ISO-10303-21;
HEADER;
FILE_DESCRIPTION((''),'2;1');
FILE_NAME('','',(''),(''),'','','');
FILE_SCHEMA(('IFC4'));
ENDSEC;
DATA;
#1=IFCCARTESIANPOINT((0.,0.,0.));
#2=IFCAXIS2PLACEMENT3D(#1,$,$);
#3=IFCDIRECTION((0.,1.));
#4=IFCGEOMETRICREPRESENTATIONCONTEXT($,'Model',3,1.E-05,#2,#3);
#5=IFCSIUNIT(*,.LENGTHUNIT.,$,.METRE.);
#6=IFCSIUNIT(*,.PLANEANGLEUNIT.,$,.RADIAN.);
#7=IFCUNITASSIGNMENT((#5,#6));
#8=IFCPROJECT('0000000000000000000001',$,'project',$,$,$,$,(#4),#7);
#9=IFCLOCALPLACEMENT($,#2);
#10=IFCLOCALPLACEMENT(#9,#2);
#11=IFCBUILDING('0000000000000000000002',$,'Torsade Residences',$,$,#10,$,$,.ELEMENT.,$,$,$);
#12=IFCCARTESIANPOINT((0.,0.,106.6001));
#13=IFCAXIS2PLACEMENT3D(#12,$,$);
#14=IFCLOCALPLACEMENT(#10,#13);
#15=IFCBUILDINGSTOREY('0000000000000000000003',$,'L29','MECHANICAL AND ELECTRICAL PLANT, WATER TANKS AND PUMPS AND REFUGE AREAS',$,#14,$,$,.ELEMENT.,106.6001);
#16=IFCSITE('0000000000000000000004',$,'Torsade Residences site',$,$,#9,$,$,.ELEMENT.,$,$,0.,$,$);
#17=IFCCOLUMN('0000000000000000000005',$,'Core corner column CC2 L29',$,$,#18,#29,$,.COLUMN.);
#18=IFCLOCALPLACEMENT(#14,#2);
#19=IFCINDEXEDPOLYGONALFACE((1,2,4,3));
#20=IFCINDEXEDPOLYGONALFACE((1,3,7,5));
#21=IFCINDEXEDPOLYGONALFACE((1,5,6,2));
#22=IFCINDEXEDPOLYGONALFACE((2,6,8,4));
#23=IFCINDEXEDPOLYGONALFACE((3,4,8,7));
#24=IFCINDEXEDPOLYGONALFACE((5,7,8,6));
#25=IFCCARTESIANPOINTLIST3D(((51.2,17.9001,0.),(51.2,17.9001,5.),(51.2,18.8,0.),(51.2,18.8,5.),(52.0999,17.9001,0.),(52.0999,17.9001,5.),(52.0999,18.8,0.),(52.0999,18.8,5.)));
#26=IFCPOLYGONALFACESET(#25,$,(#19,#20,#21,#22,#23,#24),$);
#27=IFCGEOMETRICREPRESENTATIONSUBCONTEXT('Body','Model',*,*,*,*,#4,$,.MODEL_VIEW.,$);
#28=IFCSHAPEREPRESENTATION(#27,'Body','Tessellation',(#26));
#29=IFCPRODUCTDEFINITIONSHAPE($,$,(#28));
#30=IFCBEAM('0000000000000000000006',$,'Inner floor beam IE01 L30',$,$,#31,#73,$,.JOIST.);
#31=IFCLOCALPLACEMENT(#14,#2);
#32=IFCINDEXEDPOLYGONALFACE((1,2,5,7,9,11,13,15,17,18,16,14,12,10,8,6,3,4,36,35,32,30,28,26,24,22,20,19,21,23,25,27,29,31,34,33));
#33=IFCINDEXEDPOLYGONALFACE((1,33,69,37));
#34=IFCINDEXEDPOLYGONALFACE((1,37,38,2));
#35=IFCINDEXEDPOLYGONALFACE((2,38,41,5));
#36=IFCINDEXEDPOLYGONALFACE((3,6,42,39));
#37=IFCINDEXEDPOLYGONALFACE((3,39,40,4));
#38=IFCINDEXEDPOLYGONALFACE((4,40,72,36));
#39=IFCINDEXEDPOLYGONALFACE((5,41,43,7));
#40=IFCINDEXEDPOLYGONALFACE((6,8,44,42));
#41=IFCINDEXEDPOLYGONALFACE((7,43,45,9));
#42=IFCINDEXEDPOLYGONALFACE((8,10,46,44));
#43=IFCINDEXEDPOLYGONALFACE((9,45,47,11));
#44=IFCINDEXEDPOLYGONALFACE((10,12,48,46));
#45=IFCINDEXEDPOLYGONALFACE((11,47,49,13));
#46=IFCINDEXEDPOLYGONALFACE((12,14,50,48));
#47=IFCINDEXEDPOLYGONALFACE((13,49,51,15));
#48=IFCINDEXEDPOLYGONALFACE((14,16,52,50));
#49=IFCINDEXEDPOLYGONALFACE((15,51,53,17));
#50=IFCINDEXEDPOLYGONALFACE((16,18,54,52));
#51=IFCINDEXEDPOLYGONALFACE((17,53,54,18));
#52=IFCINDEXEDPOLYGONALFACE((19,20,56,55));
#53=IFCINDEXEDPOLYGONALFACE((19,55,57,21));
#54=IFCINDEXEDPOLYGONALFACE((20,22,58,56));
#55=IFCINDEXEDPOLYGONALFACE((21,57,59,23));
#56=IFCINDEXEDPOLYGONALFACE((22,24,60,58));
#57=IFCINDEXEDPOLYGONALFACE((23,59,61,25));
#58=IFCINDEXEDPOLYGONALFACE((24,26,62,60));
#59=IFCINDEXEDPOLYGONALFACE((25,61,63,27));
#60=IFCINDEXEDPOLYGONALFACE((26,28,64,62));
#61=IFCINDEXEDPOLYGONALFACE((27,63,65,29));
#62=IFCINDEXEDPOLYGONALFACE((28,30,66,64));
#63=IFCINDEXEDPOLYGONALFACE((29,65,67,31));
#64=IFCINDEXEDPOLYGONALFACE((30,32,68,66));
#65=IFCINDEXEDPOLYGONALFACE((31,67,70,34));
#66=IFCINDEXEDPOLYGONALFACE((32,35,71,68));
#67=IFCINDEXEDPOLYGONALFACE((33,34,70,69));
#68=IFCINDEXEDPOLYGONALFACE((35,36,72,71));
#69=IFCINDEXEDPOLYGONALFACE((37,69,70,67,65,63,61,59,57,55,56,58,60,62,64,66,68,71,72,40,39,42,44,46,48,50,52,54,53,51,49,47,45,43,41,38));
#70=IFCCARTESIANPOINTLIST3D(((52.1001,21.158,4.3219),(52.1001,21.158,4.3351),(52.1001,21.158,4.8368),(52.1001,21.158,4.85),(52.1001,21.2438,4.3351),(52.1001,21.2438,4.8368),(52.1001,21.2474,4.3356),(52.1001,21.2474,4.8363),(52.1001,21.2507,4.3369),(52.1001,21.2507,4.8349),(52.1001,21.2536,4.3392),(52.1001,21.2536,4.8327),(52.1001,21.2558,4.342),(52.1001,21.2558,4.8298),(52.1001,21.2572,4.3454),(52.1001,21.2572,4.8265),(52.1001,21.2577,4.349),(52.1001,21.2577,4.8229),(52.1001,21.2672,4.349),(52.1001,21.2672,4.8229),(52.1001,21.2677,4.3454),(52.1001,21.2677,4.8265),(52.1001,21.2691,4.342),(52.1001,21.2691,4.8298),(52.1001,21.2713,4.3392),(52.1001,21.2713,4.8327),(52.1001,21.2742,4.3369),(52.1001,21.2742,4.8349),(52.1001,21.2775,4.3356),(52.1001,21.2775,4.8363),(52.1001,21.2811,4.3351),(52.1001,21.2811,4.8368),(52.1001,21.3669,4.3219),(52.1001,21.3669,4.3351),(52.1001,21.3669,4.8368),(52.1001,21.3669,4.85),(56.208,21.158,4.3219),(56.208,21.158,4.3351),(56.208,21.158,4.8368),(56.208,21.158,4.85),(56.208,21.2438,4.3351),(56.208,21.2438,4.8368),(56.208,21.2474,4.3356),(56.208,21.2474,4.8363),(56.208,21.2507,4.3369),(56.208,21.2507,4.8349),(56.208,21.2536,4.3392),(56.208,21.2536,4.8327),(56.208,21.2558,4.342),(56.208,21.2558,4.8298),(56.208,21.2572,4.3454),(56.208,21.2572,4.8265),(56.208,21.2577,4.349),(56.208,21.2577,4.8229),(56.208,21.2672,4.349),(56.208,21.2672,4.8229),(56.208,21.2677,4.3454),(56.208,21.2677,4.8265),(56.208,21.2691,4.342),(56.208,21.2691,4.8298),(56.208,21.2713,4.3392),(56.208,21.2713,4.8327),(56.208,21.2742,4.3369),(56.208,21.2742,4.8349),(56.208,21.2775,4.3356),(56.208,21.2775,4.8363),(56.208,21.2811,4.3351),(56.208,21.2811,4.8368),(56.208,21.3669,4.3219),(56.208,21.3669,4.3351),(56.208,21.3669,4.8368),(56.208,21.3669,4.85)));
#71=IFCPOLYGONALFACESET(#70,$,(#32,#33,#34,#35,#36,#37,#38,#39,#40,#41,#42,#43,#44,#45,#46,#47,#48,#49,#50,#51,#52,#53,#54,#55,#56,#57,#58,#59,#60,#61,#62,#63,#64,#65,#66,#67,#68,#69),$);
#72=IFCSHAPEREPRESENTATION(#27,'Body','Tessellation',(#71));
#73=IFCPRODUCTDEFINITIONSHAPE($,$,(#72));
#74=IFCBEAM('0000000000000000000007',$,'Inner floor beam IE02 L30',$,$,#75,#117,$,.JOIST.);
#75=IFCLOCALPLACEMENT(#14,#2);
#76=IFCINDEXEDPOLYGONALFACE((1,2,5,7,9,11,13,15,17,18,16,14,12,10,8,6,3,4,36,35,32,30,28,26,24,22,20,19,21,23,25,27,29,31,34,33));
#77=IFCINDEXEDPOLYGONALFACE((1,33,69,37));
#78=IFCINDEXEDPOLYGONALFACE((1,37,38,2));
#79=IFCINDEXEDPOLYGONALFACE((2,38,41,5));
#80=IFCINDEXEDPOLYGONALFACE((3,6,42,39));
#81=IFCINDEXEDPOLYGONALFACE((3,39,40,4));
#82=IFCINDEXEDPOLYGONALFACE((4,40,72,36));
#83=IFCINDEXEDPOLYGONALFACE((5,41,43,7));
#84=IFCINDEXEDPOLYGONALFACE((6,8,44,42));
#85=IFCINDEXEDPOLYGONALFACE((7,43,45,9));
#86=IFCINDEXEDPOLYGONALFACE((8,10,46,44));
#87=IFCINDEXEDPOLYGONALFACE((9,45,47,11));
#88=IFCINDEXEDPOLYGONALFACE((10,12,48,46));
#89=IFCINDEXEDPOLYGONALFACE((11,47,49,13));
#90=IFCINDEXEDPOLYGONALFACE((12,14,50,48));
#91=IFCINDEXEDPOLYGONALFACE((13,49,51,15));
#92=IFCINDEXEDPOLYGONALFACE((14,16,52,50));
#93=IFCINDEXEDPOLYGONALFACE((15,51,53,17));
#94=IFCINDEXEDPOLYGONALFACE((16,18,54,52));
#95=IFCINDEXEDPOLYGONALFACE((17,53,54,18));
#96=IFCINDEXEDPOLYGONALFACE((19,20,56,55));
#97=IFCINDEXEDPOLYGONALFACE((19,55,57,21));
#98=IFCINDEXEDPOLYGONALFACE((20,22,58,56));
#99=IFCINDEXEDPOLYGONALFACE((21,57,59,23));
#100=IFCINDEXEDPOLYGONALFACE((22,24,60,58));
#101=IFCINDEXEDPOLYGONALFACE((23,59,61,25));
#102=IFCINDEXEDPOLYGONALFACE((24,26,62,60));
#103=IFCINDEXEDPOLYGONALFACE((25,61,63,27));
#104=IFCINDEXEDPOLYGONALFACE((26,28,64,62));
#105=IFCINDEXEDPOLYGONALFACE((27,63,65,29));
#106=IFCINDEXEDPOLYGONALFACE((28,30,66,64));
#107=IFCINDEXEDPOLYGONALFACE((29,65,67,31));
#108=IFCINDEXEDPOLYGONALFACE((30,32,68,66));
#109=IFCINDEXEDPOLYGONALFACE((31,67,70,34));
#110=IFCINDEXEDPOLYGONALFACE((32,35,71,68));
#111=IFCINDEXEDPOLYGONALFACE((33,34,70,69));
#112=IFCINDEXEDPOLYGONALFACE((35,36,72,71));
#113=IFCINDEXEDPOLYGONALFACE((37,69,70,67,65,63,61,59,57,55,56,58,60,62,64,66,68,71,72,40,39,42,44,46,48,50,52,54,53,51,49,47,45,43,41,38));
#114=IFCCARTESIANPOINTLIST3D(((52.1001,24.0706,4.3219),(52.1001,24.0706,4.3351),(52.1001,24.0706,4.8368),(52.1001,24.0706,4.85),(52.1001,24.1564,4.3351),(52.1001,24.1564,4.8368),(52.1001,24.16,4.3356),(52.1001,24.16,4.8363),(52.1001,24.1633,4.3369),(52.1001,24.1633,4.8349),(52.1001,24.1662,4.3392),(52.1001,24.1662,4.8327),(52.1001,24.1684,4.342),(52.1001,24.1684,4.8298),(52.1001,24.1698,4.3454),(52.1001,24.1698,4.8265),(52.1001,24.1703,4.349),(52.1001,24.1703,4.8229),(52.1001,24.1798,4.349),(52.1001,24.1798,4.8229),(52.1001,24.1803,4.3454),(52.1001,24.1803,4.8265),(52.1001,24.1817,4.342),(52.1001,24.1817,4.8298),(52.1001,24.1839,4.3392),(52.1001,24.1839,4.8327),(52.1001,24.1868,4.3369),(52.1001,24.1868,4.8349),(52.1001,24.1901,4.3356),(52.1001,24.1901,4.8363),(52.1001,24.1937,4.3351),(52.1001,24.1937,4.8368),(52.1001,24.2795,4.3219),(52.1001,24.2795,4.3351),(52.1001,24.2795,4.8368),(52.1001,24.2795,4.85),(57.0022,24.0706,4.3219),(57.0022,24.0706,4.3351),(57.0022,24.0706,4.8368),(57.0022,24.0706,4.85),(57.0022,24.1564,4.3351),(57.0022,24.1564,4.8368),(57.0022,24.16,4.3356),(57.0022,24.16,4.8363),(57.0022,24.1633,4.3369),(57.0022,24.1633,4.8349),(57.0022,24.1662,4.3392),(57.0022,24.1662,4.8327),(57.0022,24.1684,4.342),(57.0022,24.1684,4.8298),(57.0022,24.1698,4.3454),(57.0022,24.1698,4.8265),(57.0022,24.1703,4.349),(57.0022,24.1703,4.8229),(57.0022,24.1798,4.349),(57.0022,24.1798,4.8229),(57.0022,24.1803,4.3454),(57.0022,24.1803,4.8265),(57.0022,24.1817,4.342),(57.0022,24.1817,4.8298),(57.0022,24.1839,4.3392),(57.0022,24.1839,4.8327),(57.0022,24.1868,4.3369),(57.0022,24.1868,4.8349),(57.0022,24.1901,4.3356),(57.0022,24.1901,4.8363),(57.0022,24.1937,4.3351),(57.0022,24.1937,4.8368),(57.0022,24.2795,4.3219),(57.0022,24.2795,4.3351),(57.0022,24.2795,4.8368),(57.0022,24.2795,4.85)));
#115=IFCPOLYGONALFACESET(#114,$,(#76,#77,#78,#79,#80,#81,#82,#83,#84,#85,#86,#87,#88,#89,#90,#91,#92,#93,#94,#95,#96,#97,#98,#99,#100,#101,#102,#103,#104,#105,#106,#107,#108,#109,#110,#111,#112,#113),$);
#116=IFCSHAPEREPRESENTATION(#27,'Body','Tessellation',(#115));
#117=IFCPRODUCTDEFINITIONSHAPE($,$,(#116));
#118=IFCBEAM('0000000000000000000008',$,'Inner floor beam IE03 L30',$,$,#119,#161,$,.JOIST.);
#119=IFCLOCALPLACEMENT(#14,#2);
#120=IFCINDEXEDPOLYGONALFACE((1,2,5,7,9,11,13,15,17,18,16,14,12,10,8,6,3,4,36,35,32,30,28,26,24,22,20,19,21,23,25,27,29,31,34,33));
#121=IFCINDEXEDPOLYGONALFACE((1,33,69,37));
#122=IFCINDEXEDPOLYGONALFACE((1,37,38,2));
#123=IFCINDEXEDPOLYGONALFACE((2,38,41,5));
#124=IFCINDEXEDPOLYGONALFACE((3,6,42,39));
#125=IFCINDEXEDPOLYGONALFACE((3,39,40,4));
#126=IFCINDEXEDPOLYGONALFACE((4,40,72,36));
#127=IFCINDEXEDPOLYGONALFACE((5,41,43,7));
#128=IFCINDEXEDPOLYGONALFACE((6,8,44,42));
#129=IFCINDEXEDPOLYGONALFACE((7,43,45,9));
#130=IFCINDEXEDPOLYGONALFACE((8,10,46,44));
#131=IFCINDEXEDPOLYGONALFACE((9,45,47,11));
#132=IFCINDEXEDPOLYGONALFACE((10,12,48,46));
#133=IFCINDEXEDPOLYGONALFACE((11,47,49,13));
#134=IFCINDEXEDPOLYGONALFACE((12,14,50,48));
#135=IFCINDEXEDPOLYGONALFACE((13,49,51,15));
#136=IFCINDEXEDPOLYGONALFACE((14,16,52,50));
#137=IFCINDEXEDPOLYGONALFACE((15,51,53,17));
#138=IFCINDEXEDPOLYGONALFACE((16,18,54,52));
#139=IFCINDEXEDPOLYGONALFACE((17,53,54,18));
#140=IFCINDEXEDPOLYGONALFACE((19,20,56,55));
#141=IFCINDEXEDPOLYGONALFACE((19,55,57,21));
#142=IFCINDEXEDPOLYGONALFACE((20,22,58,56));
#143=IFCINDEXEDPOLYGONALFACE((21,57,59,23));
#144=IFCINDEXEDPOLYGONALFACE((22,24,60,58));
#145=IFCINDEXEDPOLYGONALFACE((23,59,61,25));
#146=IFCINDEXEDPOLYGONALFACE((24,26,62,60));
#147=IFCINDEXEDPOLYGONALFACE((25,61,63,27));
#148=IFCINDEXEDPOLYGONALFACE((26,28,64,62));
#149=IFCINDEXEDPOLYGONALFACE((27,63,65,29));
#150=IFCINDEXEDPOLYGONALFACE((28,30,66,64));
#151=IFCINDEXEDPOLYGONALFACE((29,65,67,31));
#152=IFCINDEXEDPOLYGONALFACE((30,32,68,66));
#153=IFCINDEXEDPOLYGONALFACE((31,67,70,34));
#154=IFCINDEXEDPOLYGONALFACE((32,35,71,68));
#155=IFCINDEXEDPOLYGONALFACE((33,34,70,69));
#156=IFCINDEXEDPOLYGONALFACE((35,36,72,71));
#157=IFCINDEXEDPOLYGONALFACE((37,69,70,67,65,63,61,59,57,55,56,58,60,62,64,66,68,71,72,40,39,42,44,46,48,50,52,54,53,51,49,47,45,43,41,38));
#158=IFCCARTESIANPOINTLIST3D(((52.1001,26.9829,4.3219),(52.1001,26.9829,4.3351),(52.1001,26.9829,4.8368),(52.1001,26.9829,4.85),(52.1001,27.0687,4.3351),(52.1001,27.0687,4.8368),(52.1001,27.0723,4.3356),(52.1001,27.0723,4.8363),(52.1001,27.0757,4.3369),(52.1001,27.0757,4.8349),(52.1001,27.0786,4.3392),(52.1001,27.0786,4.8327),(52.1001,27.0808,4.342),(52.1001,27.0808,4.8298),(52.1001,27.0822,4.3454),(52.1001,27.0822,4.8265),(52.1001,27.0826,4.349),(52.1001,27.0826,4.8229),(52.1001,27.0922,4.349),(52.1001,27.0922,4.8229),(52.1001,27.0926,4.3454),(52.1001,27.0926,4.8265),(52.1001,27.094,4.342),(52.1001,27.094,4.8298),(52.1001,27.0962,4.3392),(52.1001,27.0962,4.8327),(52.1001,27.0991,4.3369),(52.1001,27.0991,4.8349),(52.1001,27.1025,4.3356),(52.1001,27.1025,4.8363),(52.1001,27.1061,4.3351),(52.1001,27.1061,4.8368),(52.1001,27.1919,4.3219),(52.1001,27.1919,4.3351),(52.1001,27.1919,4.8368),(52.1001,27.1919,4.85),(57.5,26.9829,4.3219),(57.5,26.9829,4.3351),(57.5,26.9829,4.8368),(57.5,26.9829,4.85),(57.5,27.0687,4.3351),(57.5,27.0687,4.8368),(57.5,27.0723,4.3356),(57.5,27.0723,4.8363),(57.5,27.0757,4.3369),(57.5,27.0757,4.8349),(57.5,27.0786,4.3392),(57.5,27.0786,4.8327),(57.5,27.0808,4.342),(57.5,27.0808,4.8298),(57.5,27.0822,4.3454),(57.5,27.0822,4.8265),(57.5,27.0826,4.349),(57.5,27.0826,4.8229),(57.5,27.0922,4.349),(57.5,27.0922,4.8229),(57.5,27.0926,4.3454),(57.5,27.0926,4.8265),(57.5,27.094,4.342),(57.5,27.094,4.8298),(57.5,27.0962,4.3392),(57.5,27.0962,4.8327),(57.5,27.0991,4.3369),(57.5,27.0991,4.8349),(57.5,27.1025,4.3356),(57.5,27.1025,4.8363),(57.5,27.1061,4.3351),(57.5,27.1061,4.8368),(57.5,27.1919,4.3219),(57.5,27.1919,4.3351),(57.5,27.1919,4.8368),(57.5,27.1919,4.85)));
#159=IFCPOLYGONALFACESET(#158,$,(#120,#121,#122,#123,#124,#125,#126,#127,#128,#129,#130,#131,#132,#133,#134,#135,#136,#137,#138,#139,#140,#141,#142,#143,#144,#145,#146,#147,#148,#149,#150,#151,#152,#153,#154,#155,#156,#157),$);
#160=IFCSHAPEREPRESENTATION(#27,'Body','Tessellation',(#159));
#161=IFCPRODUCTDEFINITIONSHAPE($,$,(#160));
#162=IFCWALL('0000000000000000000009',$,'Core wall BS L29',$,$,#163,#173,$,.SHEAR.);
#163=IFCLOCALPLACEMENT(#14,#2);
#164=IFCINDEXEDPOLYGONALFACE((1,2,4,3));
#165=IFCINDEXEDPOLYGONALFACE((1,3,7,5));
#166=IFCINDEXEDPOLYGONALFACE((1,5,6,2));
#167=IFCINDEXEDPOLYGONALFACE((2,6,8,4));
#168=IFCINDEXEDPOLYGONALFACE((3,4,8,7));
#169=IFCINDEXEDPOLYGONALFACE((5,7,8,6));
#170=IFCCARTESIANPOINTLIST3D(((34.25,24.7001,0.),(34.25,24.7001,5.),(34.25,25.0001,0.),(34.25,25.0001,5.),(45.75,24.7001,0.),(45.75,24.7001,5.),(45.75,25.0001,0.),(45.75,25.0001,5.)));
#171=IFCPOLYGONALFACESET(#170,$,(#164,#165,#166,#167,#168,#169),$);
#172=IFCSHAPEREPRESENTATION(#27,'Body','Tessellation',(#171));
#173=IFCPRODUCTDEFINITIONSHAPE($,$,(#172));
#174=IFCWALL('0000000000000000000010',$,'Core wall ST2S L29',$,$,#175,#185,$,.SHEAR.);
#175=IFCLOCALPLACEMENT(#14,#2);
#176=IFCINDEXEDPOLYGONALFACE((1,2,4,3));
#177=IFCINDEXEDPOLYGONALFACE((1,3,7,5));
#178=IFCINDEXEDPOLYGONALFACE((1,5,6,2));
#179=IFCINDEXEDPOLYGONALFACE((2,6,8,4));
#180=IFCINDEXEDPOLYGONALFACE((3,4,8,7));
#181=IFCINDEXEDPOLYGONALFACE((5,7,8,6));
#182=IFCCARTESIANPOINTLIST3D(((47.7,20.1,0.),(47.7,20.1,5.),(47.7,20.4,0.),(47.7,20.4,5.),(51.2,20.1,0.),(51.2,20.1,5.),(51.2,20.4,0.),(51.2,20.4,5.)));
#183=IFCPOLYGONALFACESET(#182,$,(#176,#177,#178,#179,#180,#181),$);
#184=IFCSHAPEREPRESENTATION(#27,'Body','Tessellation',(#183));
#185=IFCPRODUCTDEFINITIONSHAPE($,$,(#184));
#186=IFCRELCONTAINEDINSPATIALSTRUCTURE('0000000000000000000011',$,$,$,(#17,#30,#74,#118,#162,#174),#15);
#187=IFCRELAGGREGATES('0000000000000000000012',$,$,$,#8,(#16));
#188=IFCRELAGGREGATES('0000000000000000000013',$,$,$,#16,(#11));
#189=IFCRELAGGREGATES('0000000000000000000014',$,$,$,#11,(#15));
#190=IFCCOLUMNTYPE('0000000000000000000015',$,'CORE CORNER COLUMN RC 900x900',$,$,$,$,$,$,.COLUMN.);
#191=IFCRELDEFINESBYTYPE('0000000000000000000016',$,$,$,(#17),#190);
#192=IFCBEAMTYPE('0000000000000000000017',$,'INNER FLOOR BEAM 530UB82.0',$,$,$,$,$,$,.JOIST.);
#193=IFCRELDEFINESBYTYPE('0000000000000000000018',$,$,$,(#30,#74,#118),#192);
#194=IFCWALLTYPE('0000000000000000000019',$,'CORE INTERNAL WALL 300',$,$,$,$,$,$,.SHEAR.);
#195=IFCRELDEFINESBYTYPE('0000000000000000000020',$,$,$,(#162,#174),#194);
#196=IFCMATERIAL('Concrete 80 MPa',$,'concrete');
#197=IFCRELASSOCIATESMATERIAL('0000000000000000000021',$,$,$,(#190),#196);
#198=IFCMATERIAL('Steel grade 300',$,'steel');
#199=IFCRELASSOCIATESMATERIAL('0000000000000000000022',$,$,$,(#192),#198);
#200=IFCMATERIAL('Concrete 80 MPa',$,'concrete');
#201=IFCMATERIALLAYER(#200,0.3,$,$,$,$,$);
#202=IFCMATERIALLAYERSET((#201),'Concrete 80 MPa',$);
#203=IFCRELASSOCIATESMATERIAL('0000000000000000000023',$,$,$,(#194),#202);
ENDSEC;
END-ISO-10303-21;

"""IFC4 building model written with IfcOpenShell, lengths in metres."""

from ifc_helpers import new_model, si_unit, direction, frame, frame_2d, origin, origin_2d, place, context, subcontext, project, spatial, rectangle, i_section, extrude, material, layer, layer_set, material_profile, profile_set, type_object, element, save


model = new_model("IFC4")

# Units and contexts
model_context = context("Model", 3, precision=1e-05, world=origin(), true_north=direction((0.0, 1.0)))
body_context = subcontext(model_context, "Body", "Model", "MODEL_VIEW")
ifc_project = project(units=[si_unit("LENGTHUNIT", "METRE"), si_unit("PLANEANGLEUNIT", "RADIAN")], contexts=[model_context])

# Site, building, storey
site_placement = place(None, origin())
site = spatial("IfcSite", under=ifc_project, at=site_placement, Name="Torsade Residences site", CompositionType="ELEMENT", RefElevation=0.0)
building_placement = place(site_placement, origin())
building = spatial("IfcBuilding", under=site, at=building_placement, Name="Torsade Residences", CompositionType="ELEMENT")
storey_placement = place(building_placement, frame((0.0, 0.0, 106.6001)))
storey = spatial("IfcBuildingStorey", under=building, at=storey_placement, Name="L29", Description="MECHANICAL AND ELECTRICAL PLANT, WATER TANKS AND PUMPS AND REFUGE AREAS", CompositionType="ELEMENT", Elevation=106.6001)

# Column
ifc_material_1 = material(Name="Concrete 80 MPa", Category="concrete")
ifc_material_profile_1 = material_profile(ifc_material_1, rectangle(XDim=0.8999, YDim=0.8999, at=origin_2d()), Name="RC 900x900")
ifc_profile_set_1 = profile_set([ifc_material_profile_1], Name="Concrete 80 MPa")
column_type = type_object("IfcColumnType", Name="CORE CORNER COLUMN RC 900x900", PredefinedType="COLUMN", material=ifc_profile_set_1)
column_placement = place(storey_placement, frame((51.6499, 18.3501, 0.0), z_axis=(0.0, 0.0, 1.0), x_axis=(1.0, 0.0, 0.0)))
element("IfcColumn", 1, at=column_placement, inside=storey, type_object=column_type, Name="Core corner column CC2 L29", PredefinedType="COLUMN", context=body_context, shape_type="SweptSolid", body=[
    extrude(rectangle(XDim=0.8999, YDim=0.8999, at=origin_2d()), origin(), (0.0, 0.0, 1.0), 5.0),
])

# Beams
ifc_material_2 = material(Name="Steel grade 300", Category="steel")
ifc_material_profile_2 = material_profile(ifc_material_2, i_section(OverallWidth=0.209, OverallDepth=0.5281, WebThickness=0.0095, FlangeThickness=0.0132, FilletRadius=0.0139, at=origin_2d()), Name="530UB82.0")
ifc_profile_set_2 = profile_set([ifc_material_profile_2], Name="Steel grade 300")
beam_type = type_object("IfcBeamType", Name="INNER FLOOR BEAM 530UB82.0", PredefinedType="JOIST", material=ifc_profile_set_2)
beam_1_placement = place(storey_placement, frame((52.1001, 21.2625, 4.5859), z_axis=(1.0, 0.0, 0.0), x_axis=(0.0, 1.0, 0.0)))
element("IfcBeam", 2, at=beam_1_placement, inside=storey, type_object=beam_type, Name="Inner floor beam IE01 L30", PredefinedType="JOIST", context=body_context, shape_type="SweptSolid", body=[
    extrude(i_section(OverallWidth=0.209, OverallDepth=0.5281, WebThickness=0.0095, FlangeThickness=0.0132, FilletRadius=0.0139, at=origin_2d()), origin(), (0.0, 0.0, 1.0), 4.1079),
])
beam_2_placement = place(storey_placement, frame((52.1001, 24.175, 4.5859), z_axis=(1.0, 0.0, 0.0), x_axis=(0.0, 1.0, 0.0)))
element("IfcBeam", 3, at=beam_2_placement, inside=storey, type_object=beam_type, Name="Inner floor beam IE02 L30", PredefinedType="JOIST", context=body_context, shape_type="SweptSolid", body=[
    extrude(i_section(OverallWidth=0.209, OverallDepth=0.5281, WebThickness=0.0095, FlangeThickness=0.0132, FilletRadius=0.0139, at=origin_2d()), origin(), (0.0, 0.0, 1.0), 4.9021),
])
beam_3_placement = place(storey_placement, frame((52.1001, 27.0874, 4.5859), z_axis=(1.0, 0.0, 0.0), x_axis=(0.0, 1.0, 0.0)))
element("IfcBeam", 4, at=beam_3_placement, inside=storey, type_object=beam_type, Name="Inner floor beam IE03 L30", PredefinedType="JOIST", context=body_context, shape_type="SweptSolid", body=[
    extrude(i_section(OverallWidth=0.209, OverallDepth=0.5281, WebThickness=0.0095, FlangeThickness=0.0132, FilletRadius=0.0139, at=origin_2d()), origin(), (0.0, 0.0, 1.0), 5.3999),
])

# Walls
ifc_material_3 = material(Name="Concrete 80 MPa", Category="concrete")
ifc_layer_1 = layer(ifc_material_3, 0.3)
ifc_layer_set_1 = layer_set([ifc_layer_1], Name="Concrete 80 MPa")
wall_type_1 = type_object("IfcWallType", Name="CORE INTERNAL WALL 300", PredefinedType="SHEAR", material=ifc_layer_set_1)
wall_1_placement = place(storey_placement, frame((45.75, 24.8501, 0.0), z_axis=(0.0, 0.0, 1.0), x_axis=(-1.0, 0.0, 0.0)))
element("IfcWall", 5, at=wall_1_placement, inside=storey, type_object=wall_type_1, Name="Core wall BS L29", PredefinedType="SHEAR", context=body_context, shape_type="SweptSolid", body=[
    extrude(rectangle(XDim=11.5, YDim=0.3, at=frame_2d((5.75, 0.0))), origin(), (0.0, 0.0, 1.0), 5.0),
])
wall_2_placement = place(storey_placement, frame((51.2, 20.25, 0.0), z_axis=(0.0, 0.0, 1.0), x_axis=(-1.0, 0.0, 0.0)))
element("IfcWall", 6, at=wall_2_placement, inside=storey, type_object=wall_type_1, Name="Core wall ST2S L29", PredefinedType="SHEAR", context=body_context, shape_type="SweptSolid", body=[
    extrude(rectangle(XDim=3.5, YDim=0.3, at=frame_2d((1.75, 0.0))), origin(), (0.0, 0.0, 1.0), 5.0),
])

save(model, "model.ifc")
